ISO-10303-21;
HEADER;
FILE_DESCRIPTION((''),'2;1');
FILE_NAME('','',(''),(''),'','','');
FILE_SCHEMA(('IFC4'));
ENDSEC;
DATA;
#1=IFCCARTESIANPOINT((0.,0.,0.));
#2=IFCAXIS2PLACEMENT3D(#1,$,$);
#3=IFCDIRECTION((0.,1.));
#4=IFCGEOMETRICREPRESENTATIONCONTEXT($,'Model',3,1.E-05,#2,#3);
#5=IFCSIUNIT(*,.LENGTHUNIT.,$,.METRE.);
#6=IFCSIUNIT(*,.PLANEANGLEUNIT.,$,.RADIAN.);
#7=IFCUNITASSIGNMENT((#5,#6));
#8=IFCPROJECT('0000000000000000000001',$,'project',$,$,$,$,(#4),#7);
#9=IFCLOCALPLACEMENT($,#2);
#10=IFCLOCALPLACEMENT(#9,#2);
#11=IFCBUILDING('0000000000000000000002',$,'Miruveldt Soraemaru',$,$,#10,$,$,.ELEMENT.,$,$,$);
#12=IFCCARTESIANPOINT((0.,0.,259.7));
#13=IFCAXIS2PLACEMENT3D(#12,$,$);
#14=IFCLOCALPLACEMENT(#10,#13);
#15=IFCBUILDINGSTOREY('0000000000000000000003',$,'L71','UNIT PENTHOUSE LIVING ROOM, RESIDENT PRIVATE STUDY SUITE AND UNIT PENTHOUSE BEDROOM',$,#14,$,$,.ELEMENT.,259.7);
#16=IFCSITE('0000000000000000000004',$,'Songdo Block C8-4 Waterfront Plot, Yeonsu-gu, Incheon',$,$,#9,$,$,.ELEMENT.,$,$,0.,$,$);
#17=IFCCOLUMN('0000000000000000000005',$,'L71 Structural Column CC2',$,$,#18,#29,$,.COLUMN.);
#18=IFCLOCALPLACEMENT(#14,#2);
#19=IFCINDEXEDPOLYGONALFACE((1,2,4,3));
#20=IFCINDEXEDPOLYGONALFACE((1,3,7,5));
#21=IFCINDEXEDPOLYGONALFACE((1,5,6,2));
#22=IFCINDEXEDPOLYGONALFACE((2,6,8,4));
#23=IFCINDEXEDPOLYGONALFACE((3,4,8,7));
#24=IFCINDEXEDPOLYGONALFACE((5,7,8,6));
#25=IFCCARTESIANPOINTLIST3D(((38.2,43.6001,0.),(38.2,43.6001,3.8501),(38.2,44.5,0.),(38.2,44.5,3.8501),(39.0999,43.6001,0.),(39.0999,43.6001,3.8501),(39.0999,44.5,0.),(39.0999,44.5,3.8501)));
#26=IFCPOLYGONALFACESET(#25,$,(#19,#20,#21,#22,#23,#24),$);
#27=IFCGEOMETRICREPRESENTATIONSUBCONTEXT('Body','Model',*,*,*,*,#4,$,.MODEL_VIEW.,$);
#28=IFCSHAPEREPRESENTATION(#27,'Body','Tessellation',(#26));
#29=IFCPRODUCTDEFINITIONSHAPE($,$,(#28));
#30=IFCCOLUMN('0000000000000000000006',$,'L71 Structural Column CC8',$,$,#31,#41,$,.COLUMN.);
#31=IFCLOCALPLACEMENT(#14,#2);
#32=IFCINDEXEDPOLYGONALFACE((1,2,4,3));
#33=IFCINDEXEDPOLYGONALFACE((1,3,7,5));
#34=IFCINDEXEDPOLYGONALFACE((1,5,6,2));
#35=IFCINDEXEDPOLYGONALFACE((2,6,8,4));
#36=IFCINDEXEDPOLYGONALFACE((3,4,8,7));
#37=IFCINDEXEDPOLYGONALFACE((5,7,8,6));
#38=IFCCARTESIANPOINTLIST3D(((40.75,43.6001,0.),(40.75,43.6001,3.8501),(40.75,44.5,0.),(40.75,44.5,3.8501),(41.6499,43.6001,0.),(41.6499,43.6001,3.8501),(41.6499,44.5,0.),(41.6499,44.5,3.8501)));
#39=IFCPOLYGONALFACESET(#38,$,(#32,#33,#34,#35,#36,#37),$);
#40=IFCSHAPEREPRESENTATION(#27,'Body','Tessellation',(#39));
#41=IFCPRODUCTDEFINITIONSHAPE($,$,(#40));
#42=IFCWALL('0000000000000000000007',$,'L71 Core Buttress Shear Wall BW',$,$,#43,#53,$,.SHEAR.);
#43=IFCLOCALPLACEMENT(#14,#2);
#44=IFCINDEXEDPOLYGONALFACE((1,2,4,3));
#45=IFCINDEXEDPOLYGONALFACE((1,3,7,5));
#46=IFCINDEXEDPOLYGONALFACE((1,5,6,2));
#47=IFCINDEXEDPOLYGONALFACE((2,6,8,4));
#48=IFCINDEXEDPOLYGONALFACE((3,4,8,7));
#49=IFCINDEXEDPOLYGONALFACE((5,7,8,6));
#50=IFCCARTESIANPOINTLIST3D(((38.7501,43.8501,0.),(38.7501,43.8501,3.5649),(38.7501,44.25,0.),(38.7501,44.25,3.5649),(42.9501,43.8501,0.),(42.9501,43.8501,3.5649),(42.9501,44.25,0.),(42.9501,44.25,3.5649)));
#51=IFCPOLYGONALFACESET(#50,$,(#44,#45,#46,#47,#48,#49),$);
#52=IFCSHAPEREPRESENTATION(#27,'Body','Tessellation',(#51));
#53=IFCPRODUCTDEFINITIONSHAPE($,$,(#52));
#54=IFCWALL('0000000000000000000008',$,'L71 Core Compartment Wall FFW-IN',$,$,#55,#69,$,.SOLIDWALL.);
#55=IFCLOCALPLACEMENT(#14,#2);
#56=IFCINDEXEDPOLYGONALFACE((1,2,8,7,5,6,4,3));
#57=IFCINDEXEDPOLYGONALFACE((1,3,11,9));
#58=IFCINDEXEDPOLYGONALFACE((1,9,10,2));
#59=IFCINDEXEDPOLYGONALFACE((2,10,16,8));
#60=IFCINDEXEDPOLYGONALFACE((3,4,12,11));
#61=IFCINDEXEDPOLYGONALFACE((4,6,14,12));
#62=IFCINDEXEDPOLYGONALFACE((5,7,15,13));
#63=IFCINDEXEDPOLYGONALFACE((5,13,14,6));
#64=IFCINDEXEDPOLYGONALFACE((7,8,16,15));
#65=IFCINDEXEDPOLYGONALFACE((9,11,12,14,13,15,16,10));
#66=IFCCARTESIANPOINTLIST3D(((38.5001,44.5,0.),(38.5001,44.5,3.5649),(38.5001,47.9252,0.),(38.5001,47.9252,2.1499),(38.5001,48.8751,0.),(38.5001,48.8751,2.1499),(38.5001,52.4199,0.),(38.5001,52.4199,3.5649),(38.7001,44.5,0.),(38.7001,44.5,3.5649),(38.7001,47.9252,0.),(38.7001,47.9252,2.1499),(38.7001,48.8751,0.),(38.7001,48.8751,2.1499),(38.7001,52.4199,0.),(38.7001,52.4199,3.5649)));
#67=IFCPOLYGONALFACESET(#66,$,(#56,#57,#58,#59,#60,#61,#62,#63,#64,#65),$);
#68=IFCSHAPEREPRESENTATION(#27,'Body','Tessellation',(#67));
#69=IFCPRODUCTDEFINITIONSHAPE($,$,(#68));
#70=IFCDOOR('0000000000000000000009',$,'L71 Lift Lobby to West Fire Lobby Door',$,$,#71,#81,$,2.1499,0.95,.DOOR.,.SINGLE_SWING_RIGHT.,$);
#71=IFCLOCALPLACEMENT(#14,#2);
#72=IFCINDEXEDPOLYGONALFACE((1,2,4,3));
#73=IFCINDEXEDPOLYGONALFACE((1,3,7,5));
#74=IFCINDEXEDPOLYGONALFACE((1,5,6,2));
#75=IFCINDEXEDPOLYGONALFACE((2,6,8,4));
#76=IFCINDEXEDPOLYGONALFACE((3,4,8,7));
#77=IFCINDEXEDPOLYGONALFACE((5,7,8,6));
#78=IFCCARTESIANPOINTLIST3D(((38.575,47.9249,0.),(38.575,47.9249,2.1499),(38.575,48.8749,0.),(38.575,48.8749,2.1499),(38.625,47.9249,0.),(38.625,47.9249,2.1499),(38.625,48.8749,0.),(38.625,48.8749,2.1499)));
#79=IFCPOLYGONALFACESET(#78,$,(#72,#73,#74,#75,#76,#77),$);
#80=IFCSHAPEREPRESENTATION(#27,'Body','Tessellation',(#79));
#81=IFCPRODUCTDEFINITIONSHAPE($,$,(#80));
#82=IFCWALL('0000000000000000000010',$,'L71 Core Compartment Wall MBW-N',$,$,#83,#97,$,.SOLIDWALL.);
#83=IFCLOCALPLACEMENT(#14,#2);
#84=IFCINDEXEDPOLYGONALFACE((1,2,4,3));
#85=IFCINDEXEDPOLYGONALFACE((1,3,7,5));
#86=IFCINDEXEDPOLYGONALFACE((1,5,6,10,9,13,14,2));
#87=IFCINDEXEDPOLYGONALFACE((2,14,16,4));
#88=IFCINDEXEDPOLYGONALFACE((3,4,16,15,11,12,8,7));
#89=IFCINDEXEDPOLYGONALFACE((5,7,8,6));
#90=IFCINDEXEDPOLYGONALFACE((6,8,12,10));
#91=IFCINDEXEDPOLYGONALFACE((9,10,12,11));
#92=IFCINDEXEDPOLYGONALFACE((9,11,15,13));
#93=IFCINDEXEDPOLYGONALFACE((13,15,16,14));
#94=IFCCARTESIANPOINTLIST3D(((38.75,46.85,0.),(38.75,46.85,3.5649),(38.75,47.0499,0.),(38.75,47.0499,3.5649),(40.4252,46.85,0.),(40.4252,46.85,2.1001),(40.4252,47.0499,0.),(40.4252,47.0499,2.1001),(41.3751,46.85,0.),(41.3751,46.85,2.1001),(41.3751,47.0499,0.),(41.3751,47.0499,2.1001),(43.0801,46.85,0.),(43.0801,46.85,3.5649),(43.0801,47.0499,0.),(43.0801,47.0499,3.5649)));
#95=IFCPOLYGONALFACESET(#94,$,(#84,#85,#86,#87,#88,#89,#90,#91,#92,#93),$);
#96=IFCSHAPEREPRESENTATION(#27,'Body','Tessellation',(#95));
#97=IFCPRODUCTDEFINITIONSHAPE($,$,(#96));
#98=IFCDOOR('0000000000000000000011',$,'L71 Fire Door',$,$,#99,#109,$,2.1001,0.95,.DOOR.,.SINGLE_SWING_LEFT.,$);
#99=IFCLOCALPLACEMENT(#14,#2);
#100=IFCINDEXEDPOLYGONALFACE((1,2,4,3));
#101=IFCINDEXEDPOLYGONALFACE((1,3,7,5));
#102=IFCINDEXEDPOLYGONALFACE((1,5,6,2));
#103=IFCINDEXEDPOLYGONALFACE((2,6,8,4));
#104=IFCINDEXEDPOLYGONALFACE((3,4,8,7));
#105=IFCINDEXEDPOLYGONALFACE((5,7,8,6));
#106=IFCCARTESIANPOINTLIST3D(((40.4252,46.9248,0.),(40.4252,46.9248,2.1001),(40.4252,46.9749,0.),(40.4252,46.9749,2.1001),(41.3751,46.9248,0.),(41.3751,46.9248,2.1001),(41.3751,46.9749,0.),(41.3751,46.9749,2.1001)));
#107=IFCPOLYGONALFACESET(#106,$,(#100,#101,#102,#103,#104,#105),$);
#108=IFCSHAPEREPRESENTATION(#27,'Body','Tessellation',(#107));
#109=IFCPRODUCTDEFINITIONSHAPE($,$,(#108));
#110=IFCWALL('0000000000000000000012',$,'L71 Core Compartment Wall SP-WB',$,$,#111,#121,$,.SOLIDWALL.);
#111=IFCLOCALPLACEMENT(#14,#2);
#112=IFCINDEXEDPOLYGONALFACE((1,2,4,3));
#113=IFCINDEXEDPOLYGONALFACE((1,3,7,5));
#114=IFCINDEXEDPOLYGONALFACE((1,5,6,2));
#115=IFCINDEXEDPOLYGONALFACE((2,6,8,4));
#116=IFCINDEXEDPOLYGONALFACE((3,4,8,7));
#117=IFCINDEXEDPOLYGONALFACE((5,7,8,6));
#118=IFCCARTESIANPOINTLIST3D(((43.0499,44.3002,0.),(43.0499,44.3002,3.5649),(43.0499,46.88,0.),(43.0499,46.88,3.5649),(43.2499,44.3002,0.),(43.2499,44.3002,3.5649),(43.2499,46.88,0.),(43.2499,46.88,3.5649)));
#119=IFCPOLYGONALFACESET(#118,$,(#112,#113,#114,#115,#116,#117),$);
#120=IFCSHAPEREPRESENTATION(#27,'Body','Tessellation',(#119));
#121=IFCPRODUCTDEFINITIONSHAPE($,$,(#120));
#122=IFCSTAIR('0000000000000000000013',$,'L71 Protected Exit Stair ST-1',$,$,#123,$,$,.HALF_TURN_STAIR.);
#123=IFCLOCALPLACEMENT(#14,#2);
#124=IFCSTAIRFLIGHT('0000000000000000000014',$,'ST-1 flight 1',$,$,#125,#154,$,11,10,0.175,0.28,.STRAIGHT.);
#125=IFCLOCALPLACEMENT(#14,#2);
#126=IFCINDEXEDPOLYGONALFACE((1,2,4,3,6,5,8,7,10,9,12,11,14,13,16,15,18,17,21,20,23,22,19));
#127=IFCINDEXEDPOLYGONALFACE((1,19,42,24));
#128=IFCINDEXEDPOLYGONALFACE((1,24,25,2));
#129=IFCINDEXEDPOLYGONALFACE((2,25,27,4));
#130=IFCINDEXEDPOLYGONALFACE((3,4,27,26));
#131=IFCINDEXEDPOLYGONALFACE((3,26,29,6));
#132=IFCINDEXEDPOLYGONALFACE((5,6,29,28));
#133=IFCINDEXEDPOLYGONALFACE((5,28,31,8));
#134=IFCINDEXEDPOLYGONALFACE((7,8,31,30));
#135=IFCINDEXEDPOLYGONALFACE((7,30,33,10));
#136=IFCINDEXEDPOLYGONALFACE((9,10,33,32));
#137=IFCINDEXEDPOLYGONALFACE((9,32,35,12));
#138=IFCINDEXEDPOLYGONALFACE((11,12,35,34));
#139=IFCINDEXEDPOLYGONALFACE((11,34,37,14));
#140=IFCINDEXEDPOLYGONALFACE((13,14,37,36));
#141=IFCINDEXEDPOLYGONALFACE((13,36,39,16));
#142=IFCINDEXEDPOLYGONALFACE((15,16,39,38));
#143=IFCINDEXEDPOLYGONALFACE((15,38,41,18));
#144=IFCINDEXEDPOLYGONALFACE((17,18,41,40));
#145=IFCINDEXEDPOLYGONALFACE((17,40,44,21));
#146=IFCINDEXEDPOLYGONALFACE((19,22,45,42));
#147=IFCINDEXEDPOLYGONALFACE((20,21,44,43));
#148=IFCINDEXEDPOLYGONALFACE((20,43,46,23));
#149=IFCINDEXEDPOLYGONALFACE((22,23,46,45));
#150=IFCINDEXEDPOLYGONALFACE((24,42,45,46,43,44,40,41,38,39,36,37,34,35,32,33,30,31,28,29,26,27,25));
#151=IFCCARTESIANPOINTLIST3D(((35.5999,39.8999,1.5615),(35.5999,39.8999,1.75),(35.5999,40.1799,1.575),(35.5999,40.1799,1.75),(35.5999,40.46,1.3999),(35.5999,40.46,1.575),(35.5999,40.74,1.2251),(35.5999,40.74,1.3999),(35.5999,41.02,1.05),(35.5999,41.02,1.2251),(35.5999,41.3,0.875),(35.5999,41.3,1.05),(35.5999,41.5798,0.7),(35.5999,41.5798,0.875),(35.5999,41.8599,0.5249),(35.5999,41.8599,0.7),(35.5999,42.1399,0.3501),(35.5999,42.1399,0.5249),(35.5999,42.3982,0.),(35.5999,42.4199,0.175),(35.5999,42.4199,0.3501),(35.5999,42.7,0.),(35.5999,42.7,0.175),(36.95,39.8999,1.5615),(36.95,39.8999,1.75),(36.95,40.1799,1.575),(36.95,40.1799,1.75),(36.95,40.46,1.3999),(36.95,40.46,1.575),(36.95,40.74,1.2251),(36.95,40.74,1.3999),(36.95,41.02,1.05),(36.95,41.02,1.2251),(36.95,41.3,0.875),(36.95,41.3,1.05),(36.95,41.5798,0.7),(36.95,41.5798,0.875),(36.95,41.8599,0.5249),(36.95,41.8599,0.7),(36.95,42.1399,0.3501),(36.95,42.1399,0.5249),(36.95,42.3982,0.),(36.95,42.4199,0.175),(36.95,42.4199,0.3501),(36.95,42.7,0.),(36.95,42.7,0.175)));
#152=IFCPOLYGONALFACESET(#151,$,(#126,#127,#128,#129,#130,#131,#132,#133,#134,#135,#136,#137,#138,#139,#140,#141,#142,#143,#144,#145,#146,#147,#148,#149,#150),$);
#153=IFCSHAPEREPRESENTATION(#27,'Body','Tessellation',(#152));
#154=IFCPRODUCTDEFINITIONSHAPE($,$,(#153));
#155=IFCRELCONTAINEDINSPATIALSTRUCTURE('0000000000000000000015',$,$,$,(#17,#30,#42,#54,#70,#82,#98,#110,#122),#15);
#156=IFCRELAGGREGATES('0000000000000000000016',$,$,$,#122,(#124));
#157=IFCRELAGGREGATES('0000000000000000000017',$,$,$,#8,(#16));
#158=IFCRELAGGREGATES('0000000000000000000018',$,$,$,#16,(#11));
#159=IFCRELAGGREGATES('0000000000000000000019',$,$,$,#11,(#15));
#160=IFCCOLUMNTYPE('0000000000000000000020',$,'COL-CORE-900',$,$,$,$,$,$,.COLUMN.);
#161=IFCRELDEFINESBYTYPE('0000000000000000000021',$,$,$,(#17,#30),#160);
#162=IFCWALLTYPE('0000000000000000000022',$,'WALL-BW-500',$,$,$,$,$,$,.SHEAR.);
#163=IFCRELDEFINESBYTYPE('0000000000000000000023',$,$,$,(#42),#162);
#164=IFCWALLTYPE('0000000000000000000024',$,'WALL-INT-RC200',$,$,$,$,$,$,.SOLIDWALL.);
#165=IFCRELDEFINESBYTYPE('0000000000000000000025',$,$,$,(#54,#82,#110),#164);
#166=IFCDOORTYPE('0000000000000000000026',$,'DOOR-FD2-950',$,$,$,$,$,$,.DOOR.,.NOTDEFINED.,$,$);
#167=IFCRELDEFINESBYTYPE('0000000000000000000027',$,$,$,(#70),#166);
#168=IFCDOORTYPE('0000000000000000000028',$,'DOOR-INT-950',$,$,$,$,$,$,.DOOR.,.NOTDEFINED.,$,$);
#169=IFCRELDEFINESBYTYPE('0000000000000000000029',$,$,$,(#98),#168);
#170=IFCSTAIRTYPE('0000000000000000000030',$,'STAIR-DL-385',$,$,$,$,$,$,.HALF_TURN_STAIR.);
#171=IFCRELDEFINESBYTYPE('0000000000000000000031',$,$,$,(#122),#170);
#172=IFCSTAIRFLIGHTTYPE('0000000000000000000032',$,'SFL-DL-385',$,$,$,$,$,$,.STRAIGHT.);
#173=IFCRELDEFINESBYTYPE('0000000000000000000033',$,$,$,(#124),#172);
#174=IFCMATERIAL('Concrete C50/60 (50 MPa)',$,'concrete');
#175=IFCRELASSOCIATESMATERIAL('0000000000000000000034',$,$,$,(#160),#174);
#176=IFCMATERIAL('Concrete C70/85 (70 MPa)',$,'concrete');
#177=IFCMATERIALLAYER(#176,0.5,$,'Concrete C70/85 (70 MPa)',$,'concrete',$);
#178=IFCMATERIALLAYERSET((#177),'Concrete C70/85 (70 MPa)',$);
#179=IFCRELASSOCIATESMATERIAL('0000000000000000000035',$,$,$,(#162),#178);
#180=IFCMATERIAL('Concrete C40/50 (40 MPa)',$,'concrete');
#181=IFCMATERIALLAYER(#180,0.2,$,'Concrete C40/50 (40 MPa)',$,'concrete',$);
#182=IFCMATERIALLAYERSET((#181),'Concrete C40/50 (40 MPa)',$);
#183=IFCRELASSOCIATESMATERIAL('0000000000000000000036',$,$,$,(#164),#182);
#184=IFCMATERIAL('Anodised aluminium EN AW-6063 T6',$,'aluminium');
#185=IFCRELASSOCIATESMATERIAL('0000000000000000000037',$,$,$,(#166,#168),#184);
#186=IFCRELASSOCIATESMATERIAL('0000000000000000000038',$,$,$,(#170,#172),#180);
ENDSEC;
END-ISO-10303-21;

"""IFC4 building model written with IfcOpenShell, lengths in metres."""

from ifc_helpers import new_model, si_unit, direction, frame, frame_2d, origin, origin_2d, place, context, subcontext, project, spatial, polyline, rectangle, outline, extrude, material, layer, layer_set, material_profile, profile_set, type_object, element, fill, aggregate, save


model = new_model("IFC4")

# Units and contexts
model_context = context("Model", 3, precision=1e-05, world=origin(), true_north=direction((0.0, 1.0)))
body_context = subcontext(model_context, "Body", "Model", "MODEL_VIEW")
ifc_project = project(units=[si_unit("LENGTHUNIT", "METRE"), si_unit("PLANEANGLEUNIT", "RADIAN")], contexts=[model_context])

# Site, building, storey
site_placement = place(None, origin())
site = spatial("IfcSite", under=ifc_project, at=site_placement, Name="Songdo Block C8-4 Waterfront Plot, Yeonsu-gu, Incheon", CompositionType="ELEMENT", RefElevation=0.0)
building_placement = place(site_placement, origin())
building = spatial("IfcBuilding", under=site, at=building_placement, Name="Miruveldt Soraemaru", CompositionType="ELEMENT")
storey_placement = place(building_placement, frame((0.0, 0.0, 259.7)))
storey = spatial("IfcBuildingStorey", under=building, at=storey_placement, Name="L71", Description="UNIT PENTHOUSE LIVING ROOM, RESIDENT PRIVATE STUDY SUITE AND UNIT PENTHOUSE BEDROOM", CompositionType="ELEMENT", Elevation=259.7)

# Columns
ifc_material_1 = material(Name="Concrete C50/60 (50 MPa)", Category="concrete")
ifc_material_profile = material_profile(ifc_material_1, rectangle(XDim=0.8999, YDim=0.8999, at=origin_2d()), Name="Concrete C50/60 (50 MPa)", Category="concrete")
ifc_profile_set = profile_set([ifc_material_profile], Name="Concrete C50/60 (50 MPa)")
column_type = type_object("IfcColumnType", Name="COL-CORE-900", PredefinedType="COLUMN", material=ifc_profile_set)
for number, where, z_axis, x_axis, name in (
    (1, (38.6499, 44.05, 0.0), (0.0, 0.0, 1.0), (1.0, 0.0, 0.0), "L71 Structural Column CC2"),
    (2, (41.2, 44.05, 0.0), (0.0, 0.0, 1.0), (1.0, 0.0, 0.0), "L71 Structural Column CC8"),
):
    element("IfcColumn", number, at=place(storey_placement, frame(where, z_axis=z_axis, x_axis=x_axis)), inside=storey, type_object=column_type, Name=name, PredefinedType="COLUMN", context=body_context, shape_type="SweptSolid", body=[
        extrude(rectangle(XDim=0.8999, YDim=0.8999, at=origin_2d()), origin(), (0.0, 0.0, 1.0), 3.8501),
    ])

# Wall
ifc_material_2 = material(Name="Concrete C70/85 (70 MPa)", Category="concrete")
ifc_layer_1 = layer(ifc_material_2, 0.5, Name="Concrete C70/85 (70 MPa)", Category="concrete")
ifc_layer_set_1 = layer_set([ifc_layer_1], Name="Concrete C70/85 (70 MPa)")
wall_type_1 = type_object("IfcWallType", Name="WALL-BW-500", PredefinedType="SHEAR", material=ifc_layer_set_1)
wall_1_placement = place(storey_placement, frame((38.75, 44.05, 0.0), z_axis=(0.0, 0.0, 1.0), x_axis=(1.0, 0.0, 0.0)))
element("IfcWall", 3, at=wall_1_placement, inside=storey, type_object=wall_type_1, Name="L71 Core Buttress Shear Wall BW", PredefinedType="SHEAR", context=body_context, shape_type="SweptSolid", body=[
    extrude(rectangle(XDim=4.2, YDim=0.3999, at=frame_2d((2.1001, 0.0))), origin(), (0.0, 0.0, 1.0), 3.5649),
])

# Wall, opening, door
ifc_material_3 = material(Name="Concrete C40/50 (40 MPa)", Category="concrete")
ifc_layer_2 = layer(ifc_material_3, 0.2, Name="Concrete C40/50 (40 MPa)", Category="concrete")
ifc_layer_set_2 = layer_set([ifc_layer_2], Name="Concrete C40/50 (40 MPa)")
wall_type_2 = type_object("IfcWallType", Name="WALL-INT-RC200", PredefinedType="SOLIDWALL", material=ifc_layer_set_2)
wall_2_placement = place(storey_placement, frame((38.6001, 44.5, 0.0), z_axis=(0.0, 0.0, 1.0), x_axis=(0.0, 1.0, 0.0)))
wall_2 = element("IfcWall", 4, at=wall_2_placement, inside=storey, type_object=wall_type_2, Name="L71 Core Compartment Wall FFW-IN", PredefinedType="SOLIDWALL", context=body_context, shape_type="SweptSolid", body=[
    extrude(rectangle(XDim=7.9199, YDim=0.2, at=frame_2d((3.96, 0.0))), origin(), (0.0, 0.0, 1.0), 3.5649),
])
opening_1_placement = place(wall_2_placement, frame((3.425, 0.0, 0.0)))
opening_1 = element("IfcOpeningElement", 5, at=opening_1_placement, cuts=wall_2, PredefinedType="OPENING", context=body_context, shape_type="SweptSolid", body=[
    extrude(rectangle(XDim=0.95, YDim=2.1499, at=frame_2d((0.4751, 1.075))), frame((0.0, 0.1099, 0.0), z_axis=(0.0, -1.0, 0.0), x_axis=(1.0, 0.0, 0.0)), (0.0, 0.0, 1.0), 0.22),
])
ifc_material_4 = material(Name="Anodised aluminium EN AW-6063 T6", Category="aluminium")
door_type_1 = type_object("IfcDoorType", Name="DOOR-FD2-950", OperationType="NOTDEFINED", PredefinedType="DOOR", material=ifc_material_4)
door_1_placement = place(opening_1_placement, frame((0.95, 0.0, 0.0), z_axis=(0.0, 0.0, 1.0), x_axis=(-1.0, 0.0, 0.0)))
door_1 = element("IfcDoor", 6, at=door_1_placement, inside=storey, type_object=door_type_1, Name="L71 Lift Lobby to West Fire Lobby Door", OperationType="SINGLE_SWING_RIGHT", OverallHeight=2.1499, OverallWidth=0.95, PredefinedType="DOOR", context=body_context, shape_type="SweptSolid", body=[
    extrude(rectangle(XDim=0.95, YDim=2.1499, at=frame_2d((0.4751, 1.075))), frame((0.0, 0.0249, 0.0), z_axis=(0.0, -1.0, 0.0), x_axis=(1.0, 0.0, 0.0)), (0.0, 0.0, 1.0), 0.05),
])
fill(opening_1, door_1)

# Wall, opening, door
wall_3_placement = place(storey_placement, frame((38.75, 46.95, 0.0), z_axis=(0.0, 0.0, 1.0), x_axis=(1.0, 0.0, 0.0)))
wall_3 = element("IfcWall", 7, at=wall_3_placement, inside=storey, type_object=wall_type_2, Name="L71 Core Compartment Wall MBW-N", PredefinedType="SOLIDWALL", context=body_context, shape_type="SweptSolid", body=[
    extrude(rectangle(XDim=4.3301, YDim=0.2, at=frame_2d((2.165, 0.0))), origin(), (0.0, 0.0, 1.0), 3.5649),
])
opening_2_placement = place(wall_3_placement, frame((1.675, 0.0, 0.0)))
opening_2 = element("IfcOpeningElement", 8, at=opening_2_placement, cuts=wall_3, PredefinedType="OPENING", context=body_context, shape_type="SweptSolid", body=[
    extrude(rectangle(XDim=0.95, YDim=2.1001, at=frame_2d((0.4751, 1.05))), frame((0.0, 0.1099, 0.0), z_axis=(0.0, -1.0, 0.0), x_axis=(1.0, 0.0, 0.0)), (0.0, 0.0, 1.0), 0.22),
])
door_type_2 = type_object("IfcDoorType", Name="DOOR-INT-950", OperationType="NOTDEFINED", PredefinedType="DOOR", material=ifc_material_4)
door_2_placement = place(opening_2_placement, origin())
door_2 = element("IfcDoor", 9, at=door_2_placement, inside=storey, type_object=door_type_2, Name="L71 Fire Door", OperationType="SINGLE_SWING_LEFT", OverallHeight=2.1001, OverallWidth=0.95, PredefinedType="DOOR", context=body_context, shape_type="SweptSolid", body=[
    extrude(rectangle(XDim=0.95, YDim=2.1001, at=frame_2d((0.4751, 1.05))), frame((0.0, 0.0249, 0.0), z_axis=(0.0, -1.0, 0.0), x_axis=(1.0, 0.0, 0.0)), (0.0, 0.0, 1.0), 0.05),
])
fill(opening_2, door_2)

# Wall
wall_4_placement = place(storey_placement, frame((43.1499, 44.3, 0.0), z_axis=(0.0, 0.0, 1.0), x_axis=(0.0, 1.0, 0.0)))
element("IfcWall", 10, at=wall_4_placement, inside=storey, type_object=wall_type_2, Name="L71 Core Compartment Wall SP-WB", PredefinedType="SOLIDWALL", context=body_context, shape_type="SweptSolid", body=[
    extrude(rectangle(XDim=2.5798, YDim=0.2, at=frame_2d((1.29, 0.0))), origin(), (0.0, 0.0, 1.0), 3.5649),
])

# Stair, stair flight
stair_type = type_object("IfcStairType", Name="STAIR-DL-385", PredefinedType="HALF_TURN_STAIR", material=ifc_material_3)
stair_placement = place(storey_placement, origin())
stair = element("IfcStair", 11, at=stair_placement, inside=storey, type_object=stair_type, Name="L71 Protected Exit Stair ST-1", PredefinedType="HALF_TURN_STAIR")
stair_flight_type = type_object("IfcStairFlightType", Name="SFL-DL-385", PredefinedType="STRAIGHT", material=ifc_material_3)
stair_flight_1_placement = place(storey_placement, frame((36.2749, 42.7, 0.0), z_axis=(0.0, 0.0, 1.0), x_axis=(0.0, -1.0, 0.0)))
stair_flight_1 = element("IfcStairFlight", 12, at=stair_flight_1_placement, type_object=stair_flight_type, Name="ST-1 flight 1", NumberOfRisers=11, NumberOfTreads=10, PredefinedType="STRAIGHT", RiserHeight=0.175, TreadLength=0.28, context=body_context, shape_type="SweptSolid", body=[
    extrude(outline(polyline([(0.0, 0.0), (0.0, 0.175), (0.28, 0.175), (0.28, 0.3501), (0.5601, 0.3501), (0.5601, 0.5249), (0.8401, 0.5249), (0.8401, 0.7), (1.1201, 0.7), (1.1201, 0.875), (1.3999, 0.875), (1.3999, 1.05), (1.6799, 1.05), (1.6799, 1.2251), (1.96, 1.2251), (1.96, 1.3999), (2.24, 1.3999), (2.24, 1.575), (2.52, 1.575), (2.52, 1.75), (2.8, 1.75), (2.8, 1.925), (2.8, 1.5615), (0.3018, 0.0), (0.0, 0.0)])), frame((0.0, 0.675, 0.0), z_axis=(0.0, -1.0, 0.0), x_axis=(1.0, 0.0, 0.0)), (0.0, 0.0, 1.0), 1.3501),
])
aggregate(stair, [stair_flight_1])

save(model, "model.ifc")
